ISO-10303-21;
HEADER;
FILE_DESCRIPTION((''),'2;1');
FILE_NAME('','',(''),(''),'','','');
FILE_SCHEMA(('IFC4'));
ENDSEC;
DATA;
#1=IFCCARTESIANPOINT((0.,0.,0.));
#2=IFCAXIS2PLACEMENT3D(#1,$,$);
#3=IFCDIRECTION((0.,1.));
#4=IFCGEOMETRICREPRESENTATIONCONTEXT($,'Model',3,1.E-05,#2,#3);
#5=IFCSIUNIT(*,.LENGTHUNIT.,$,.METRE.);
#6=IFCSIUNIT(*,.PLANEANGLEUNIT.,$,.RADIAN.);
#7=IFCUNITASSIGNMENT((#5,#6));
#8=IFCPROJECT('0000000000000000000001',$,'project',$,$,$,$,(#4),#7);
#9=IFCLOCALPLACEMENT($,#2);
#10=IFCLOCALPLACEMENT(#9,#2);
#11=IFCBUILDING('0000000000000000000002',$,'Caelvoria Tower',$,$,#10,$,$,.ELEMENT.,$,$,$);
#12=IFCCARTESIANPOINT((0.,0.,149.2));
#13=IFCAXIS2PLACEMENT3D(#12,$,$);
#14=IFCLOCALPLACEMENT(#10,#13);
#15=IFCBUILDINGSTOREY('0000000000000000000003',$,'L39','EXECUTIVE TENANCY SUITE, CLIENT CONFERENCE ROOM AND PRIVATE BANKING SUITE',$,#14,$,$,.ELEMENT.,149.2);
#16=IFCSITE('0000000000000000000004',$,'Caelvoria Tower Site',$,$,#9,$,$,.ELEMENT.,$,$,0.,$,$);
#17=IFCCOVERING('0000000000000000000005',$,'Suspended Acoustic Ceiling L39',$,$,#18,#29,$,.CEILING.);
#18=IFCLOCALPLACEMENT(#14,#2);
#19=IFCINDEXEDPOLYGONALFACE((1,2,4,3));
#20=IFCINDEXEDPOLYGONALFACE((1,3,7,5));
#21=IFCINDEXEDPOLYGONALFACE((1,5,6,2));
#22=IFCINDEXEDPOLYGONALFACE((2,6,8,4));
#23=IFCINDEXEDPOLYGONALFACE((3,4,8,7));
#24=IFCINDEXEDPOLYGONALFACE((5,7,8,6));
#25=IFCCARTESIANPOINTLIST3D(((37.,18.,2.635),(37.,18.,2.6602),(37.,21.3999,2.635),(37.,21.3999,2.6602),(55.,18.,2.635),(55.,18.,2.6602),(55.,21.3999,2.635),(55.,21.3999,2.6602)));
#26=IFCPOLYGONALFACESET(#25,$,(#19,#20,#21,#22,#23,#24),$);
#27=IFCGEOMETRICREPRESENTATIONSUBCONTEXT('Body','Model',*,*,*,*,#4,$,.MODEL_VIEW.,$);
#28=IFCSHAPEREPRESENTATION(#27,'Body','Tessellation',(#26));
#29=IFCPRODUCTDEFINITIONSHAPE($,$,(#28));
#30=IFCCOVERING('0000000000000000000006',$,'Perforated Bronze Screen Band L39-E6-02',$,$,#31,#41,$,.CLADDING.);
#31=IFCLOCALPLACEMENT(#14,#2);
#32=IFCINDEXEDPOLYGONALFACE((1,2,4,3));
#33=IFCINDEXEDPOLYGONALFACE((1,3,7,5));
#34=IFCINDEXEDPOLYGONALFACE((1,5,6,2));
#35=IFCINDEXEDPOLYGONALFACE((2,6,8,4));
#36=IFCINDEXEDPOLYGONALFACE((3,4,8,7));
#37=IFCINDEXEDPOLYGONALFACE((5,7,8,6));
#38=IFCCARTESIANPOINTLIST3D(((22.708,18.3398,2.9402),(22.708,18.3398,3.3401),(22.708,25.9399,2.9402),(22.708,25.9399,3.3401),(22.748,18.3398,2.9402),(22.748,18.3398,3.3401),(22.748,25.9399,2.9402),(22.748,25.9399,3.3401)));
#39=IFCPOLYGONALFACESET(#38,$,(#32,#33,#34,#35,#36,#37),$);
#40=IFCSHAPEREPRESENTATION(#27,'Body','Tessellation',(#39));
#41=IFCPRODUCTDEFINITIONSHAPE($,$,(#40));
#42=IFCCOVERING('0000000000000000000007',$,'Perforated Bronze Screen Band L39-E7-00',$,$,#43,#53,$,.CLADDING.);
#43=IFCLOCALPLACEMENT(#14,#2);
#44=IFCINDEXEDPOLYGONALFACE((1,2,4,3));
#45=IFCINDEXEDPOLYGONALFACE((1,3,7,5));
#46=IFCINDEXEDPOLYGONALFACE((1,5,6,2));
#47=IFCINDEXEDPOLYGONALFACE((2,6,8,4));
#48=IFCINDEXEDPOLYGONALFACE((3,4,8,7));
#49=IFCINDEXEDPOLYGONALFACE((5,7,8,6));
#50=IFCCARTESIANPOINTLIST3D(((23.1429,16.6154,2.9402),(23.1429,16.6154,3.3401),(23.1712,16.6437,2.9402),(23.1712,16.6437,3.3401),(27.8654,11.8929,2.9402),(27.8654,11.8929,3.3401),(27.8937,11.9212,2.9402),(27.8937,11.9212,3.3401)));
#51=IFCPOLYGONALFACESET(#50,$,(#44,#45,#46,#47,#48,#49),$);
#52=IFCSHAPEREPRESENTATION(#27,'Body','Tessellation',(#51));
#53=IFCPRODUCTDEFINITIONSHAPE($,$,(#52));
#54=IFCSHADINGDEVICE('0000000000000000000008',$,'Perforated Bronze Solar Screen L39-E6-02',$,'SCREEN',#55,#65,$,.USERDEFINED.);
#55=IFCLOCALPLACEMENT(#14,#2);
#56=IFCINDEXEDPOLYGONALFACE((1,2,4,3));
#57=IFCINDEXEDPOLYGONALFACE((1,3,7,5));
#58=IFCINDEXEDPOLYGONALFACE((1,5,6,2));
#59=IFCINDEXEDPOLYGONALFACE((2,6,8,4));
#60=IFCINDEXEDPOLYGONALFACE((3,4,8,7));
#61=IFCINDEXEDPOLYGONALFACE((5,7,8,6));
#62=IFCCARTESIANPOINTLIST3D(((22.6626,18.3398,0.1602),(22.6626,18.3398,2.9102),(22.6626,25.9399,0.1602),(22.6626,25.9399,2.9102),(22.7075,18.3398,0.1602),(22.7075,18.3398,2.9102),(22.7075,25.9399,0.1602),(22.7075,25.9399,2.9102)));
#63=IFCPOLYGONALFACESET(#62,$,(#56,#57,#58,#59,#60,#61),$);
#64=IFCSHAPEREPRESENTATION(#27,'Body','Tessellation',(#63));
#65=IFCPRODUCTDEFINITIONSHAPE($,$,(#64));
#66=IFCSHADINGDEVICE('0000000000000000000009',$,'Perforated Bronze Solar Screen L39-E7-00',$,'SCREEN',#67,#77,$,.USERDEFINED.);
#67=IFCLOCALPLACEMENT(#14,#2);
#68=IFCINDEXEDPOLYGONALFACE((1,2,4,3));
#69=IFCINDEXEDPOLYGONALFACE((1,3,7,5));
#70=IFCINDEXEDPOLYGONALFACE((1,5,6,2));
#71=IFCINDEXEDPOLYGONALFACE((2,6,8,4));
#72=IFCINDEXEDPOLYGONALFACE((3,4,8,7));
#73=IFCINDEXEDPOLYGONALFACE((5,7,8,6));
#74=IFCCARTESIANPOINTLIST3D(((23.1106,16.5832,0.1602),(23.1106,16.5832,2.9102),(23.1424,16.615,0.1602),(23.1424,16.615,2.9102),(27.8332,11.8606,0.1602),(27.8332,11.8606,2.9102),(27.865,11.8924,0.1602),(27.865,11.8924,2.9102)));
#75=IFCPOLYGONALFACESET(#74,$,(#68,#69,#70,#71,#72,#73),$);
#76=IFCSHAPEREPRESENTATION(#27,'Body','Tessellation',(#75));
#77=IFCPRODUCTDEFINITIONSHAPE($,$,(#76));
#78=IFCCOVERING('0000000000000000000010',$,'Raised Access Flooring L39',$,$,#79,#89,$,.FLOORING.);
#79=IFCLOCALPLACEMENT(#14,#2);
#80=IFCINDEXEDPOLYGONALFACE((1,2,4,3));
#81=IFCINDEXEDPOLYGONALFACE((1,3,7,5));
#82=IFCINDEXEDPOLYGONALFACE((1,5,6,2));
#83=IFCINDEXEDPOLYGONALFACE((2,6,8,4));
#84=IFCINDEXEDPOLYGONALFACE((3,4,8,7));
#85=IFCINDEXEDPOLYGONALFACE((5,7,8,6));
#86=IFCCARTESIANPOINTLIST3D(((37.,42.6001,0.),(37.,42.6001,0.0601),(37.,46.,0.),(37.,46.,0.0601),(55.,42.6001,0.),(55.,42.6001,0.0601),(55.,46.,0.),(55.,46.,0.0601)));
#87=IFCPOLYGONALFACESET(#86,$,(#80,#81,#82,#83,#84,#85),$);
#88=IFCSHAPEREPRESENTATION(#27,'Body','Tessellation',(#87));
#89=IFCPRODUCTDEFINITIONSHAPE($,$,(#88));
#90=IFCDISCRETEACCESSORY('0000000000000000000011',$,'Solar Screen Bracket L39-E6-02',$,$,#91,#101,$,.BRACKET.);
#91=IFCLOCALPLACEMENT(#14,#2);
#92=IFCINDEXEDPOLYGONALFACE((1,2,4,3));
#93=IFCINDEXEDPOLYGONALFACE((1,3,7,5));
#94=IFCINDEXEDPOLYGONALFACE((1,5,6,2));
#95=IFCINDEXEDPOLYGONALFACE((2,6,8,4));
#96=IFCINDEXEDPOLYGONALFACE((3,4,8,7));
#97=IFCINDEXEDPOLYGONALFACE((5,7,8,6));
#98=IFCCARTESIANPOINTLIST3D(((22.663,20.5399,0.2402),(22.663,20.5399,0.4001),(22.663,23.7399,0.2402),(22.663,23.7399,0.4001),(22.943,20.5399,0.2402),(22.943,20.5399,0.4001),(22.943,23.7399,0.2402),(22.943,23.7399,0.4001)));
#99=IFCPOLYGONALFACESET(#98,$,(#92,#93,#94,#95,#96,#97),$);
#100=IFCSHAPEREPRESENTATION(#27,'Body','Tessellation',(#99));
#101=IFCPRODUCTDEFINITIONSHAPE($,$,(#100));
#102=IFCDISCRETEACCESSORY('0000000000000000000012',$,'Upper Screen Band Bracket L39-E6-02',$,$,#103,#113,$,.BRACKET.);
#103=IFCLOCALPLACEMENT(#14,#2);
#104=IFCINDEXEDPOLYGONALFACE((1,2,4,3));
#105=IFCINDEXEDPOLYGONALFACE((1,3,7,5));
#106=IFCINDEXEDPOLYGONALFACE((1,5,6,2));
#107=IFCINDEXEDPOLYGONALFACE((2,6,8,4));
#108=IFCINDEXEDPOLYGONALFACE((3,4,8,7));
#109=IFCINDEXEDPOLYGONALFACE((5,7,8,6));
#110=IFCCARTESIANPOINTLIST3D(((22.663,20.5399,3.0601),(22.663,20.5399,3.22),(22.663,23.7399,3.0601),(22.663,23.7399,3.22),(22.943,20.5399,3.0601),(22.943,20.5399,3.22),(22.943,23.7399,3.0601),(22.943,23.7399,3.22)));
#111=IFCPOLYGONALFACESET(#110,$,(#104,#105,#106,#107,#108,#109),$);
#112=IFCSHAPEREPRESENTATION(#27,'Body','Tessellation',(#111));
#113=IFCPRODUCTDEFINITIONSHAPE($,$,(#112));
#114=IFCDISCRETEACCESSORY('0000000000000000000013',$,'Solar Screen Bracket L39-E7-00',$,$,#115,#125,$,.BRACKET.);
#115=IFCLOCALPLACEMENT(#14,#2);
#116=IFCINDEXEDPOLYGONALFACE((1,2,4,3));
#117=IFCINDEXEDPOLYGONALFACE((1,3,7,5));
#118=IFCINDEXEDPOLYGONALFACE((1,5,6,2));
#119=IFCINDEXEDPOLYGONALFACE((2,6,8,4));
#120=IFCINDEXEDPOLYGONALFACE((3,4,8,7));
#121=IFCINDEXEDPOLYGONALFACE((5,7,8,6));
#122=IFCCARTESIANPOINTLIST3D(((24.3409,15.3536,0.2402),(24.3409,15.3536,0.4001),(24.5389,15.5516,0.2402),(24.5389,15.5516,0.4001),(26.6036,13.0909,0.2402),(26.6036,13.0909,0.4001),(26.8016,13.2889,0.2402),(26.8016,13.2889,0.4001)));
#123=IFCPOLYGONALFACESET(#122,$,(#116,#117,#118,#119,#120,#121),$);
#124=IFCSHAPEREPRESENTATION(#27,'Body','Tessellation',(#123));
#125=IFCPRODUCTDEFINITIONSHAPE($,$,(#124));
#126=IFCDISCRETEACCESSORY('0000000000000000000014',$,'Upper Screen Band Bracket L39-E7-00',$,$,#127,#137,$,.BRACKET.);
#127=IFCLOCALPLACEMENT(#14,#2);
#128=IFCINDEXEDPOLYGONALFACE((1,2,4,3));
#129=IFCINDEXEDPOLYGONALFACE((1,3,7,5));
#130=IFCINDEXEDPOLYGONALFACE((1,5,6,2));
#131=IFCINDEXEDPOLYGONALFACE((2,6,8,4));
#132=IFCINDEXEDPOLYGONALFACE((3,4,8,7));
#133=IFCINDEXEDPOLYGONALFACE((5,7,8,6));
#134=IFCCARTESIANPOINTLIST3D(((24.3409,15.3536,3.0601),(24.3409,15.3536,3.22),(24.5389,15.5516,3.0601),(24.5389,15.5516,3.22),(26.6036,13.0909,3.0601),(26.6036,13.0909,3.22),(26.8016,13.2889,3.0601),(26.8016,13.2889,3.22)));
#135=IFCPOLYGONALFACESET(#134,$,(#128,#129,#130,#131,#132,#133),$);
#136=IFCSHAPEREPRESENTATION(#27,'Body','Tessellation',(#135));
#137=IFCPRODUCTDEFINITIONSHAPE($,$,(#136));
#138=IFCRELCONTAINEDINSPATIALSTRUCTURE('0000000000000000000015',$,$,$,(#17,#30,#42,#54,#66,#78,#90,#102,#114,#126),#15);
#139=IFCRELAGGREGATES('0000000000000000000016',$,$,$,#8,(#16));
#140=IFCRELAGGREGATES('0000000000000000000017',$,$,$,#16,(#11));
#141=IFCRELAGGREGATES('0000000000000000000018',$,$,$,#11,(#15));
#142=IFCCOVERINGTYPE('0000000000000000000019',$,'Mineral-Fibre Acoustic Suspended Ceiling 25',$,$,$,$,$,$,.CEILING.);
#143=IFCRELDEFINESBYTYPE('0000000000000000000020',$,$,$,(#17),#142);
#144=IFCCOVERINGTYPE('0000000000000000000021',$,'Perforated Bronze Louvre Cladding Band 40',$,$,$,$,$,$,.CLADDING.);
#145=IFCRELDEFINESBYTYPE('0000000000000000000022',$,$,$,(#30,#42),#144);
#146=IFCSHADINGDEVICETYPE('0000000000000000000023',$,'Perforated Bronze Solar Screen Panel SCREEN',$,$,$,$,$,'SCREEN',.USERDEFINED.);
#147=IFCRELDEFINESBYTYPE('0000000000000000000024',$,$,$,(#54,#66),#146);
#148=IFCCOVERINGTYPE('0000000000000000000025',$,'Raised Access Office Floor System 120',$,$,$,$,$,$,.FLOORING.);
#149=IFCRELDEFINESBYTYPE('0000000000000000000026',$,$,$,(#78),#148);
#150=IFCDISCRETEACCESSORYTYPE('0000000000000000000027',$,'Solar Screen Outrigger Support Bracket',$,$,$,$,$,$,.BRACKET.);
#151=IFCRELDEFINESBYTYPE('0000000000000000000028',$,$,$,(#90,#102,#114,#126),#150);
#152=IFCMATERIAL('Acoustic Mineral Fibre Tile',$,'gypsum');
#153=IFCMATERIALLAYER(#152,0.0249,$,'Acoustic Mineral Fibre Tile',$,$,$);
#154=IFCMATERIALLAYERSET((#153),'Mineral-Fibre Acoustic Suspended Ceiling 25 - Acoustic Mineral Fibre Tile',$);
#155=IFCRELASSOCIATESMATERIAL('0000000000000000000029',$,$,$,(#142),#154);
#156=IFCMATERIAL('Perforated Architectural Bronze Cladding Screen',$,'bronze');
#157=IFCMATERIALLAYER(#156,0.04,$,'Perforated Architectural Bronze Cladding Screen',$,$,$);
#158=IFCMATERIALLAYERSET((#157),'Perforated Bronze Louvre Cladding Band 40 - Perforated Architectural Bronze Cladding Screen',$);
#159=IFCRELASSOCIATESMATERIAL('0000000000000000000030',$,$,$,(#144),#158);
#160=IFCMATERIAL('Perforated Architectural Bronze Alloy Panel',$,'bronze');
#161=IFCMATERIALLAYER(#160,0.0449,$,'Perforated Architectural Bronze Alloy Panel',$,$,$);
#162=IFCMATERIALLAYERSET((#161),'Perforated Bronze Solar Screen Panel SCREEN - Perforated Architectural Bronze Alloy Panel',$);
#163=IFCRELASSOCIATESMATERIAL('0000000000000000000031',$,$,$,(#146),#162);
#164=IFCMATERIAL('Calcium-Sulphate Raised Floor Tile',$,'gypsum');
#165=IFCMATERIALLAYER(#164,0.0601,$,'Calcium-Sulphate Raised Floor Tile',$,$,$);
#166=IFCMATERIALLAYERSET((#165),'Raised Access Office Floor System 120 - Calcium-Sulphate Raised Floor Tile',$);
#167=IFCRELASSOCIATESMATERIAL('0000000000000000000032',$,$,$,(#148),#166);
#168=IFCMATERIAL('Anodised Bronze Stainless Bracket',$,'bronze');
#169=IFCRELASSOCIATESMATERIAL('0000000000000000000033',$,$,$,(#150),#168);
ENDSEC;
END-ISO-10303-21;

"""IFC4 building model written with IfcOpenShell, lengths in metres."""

from ifc_helpers import new_model, si_unit, direction, frame, origin, origin_2d, place, context, subcontext, project, spatial, polyline, rectangle, outline, extrude, material, layer, layer_set, type_object, element, save


model = new_model("IFC4")

# Units and contexts
model_context = context("Model", 3, precision=1e-05, world=origin(), true_north=direction((0.0, 1.0)))
body_context = subcontext(model_context, "Body", "Model", "MODEL_VIEW")
ifc_project = project(units=[si_unit("LENGTHUNIT", "METRE"), si_unit("PLANEANGLEUNIT", "RADIAN")], contexts=[model_context])

# Site, building, storey
site_placement = place(None, origin())
site = spatial("IfcSite", under=ifc_project, at=site_placement, Name="Caelvoria Tower Site", CompositionType="ELEMENT", RefElevation=0.0)
building_placement = place(site_placement, origin())
building = spatial("IfcBuilding", under=site, at=building_placement, Name="Caelvoria Tower", CompositionType="ELEMENT")
storey_placement = place(building_placement, frame((0.0, 0.0, 149.2)))
storey = spatial("IfcBuildingStorey", under=building, at=storey_placement, Name="L39", Description="EXECUTIVE TENANCY SUITE, CLIENT CONFERENCE ROOM AND PRIVATE BANKING SUITE", CompositionType="ELEMENT", Elevation=149.2)

# Coverings
ifc_material_1 = material(Name="Acoustic Mineral Fibre Tile", Category="gypsum")
ifc_layer_1 = layer(ifc_material_1, 0.0249, Name="Acoustic Mineral Fibre Tile")
ifc_layer_set_1 = layer_set([ifc_layer_1], Name="Mineral-Fibre Acoustic Suspended Ceiling 25 - Acoustic Mineral Fibre Tile")
covering_type_1 = type_object("IfcCoveringType", Name="Mineral-Fibre Acoustic Suspended Ceiling 25", PredefinedType="CEILING", material=ifc_layer_set_1)
covering_1_placement = place(storey_placement, frame((0.0, 0.0, 2.635)))
element("IfcCovering", 1, at=covering_1_placement, inside=storey, type_object=covering_type_1, Name="Suspended Acoustic Ceiling L39", PredefinedType="CEILING", context=body_context, shape_type="SweptSolid", body=[
    extrude(outline(polyline([(37.0, 18.0), (55.0, 18.0), (55.0, 21.3999), (37.0, 21.3999), (37.0, 18.0)])), origin(), (0.0, 0.0, 1.0), 0.0251),
])
ifc_material_2 = material(Name="Perforated Architectural Bronze Cladding Screen", Category="bronze")
ifc_layer_2 = layer(ifc_material_2, 0.04, Name="Perforated Architectural Bronze Cladding Screen")
ifc_layer_set_2 = layer_set([ifc_layer_2], Name="Perforated Bronze Louvre Cladding Band 40 - Perforated Architectural Bronze Cladding Screen")
covering_type_2 = type_object("IfcCoveringType", Name="Perforated Bronze Louvre Cladding Band 40", PredefinedType="CLADDING", material=ifc_layer_set_2)
covering_2_placement = place(storey_placement, frame((22.728, 22.1399, 2.9402), z_axis=(0.0, 0.0, 1.0), x_axis=(0.0, -1.0, 0.0)))
element("IfcCovering", 2, at=covering_2_placement, inside=storey, type_object=covering_type_2, Name="Perforated Bronze Screen Band L39-E6-02", PredefinedType="CLADDING", context=body_context, shape_type="SweptSolid", body=[
    extrude(rectangle(XDim=7.6001, YDim=0.04, at=origin_2d()), origin(), (0.0, 0.0, 1.0), 0.3999),
])
covering_3_placement = place(storey_placement, frame((25.5183, 14.2683, 2.9402), z_axis=(0.0, 0.0, 1.0), x_axis=(0.707107, -0.707107, 0.0)))
element("IfcCovering", 3, at=covering_3_placement, inside=storey, type_object=covering_type_2, Name="Perforated Bronze Screen Band L39-E7-00", PredefinedType="CLADDING", context=body_context, shape_type="SweptSolid", body=[
    extrude(rectangle(XDim=6.6787, YDim=0.04, at=origin_2d()), origin(), (0.0, 0.0, 1.0), 0.3999),
])

# Shading devices
ifc_material_3 = material(Name="Perforated Architectural Bronze Alloy Panel", Category="bronze")
ifc_layer_3 = layer(ifc_material_3, 0.0449, Name="Perforated Architectural Bronze Alloy Panel")
ifc_layer_set_3 = layer_set([ifc_layer_3], Name="Perforated Bronze Solar Screen Panel SCREEN - Perforated Architectural Bronze Alloy Panel")
shading_device_type = type_object("IfcShadingDeviceType", Name="Perforated Bronze Solar Screen Panel SCREEN", ElementType="SCREEN", PredefinedType="USERDEFINED", material=ifc_layer_set_3)
shading_device_1_placement = place(storey_placement, frame((22.6851, 22.1399, 0.1602), z_axis=(0.0, 0.0, 1.0), x_axis=(0.0, -1.0, 0.0)))
element("IfcShadingDevice", 4, at=shading_device_1_placement, inside=storey, type_object=shading_device_type, Name="Perforated Bronze Solar Screen L39-E6-02", ObjectType="SCREEN", PredefinedType="USERDEFINED", context=body_context, shape_type="SweptSolid", body=[
    extrude(rectangle(XDim=7.6001, YDim=0.0449, at=origin_2d()), origin(), (0.0, 0.0, 1.0), 2.75),
])
shading_device_2_placement = place(storey_placement, frame((25.4878, 14.2378, 0.1602), z_axis=(0.0, 0.0, 1.0), x_axis=(0.707107, -0.707107, 0.0)))
element("IfcShadingDevice", 5, at=shading_device_2_placement, inside=storey, type_object=shading_device_type, Name="Perforated Bronze Solar Screen L39-E7-00", ObjectType="SCREEN", PredefinedType="USERDEFINED", context=body_context, shape_type="SweptSolid", body=[
    extrude(rectangle(XDim=6.6787, YDim=0.0449, at=origin_2d()), origin(), (0.0, 0.0, 1.0), 2.75),
])

# Covering
ifc_material_4 = material(Name="Calcium-Sulphate Raised Floor Tile", Category="gypsum")
ifc_layer_4 = layer(ifc_material_4, 0.0601, Name="Calcium-Sulphate Raised Floor Tile")
ifc_layer_set_4 = layer_set([ifc_layer_4], Name="Raised Access Office Floor System 120 - Calcium-Sulphate Raised Floor Tile")
covering_type_3 = type_object("IfcCoveringType", Name="Raised Access Office Floor System 120", PredefinedType="FLOORING", material=ifc_layer_set_4)
covering_4_placement = place(storey_placement, origin())
element("IfcCovering", 6, at=covering_4_placement, inside=storey, type_object=covering_type_3, Name="Raised Access Flooring L39", PredefinedType="FLOORING", context=body_context, shape_type="SweptSolid", body=[
    extrude(outline(polyline([(37.0, 42.6001), (55.0, 42.6001), (55.0, 46.0), (37.0, 46.0), (37.0, 42.6001)])), origin(), (0.0, 0.0, 1.0), 0.0601),
])

# Discrete accessories
ifc_material_5 = material(Name="Anodised Bronze Stainless Bracket", Category="bronze")
discrete_accessory_type = type_object("IfcDiscreteAccessoryType", Name="Solar Screen Outrigger Support Bracket", PredefinedType="BRACKET", material=ifc_material_5)
for number, where, z_axis, x_axis, name in (
    (7, (22.803, 22.1399, 0.2402), (0.0, 0.0, 1.0), (0.0, -1.0, 0.0), "Solar Screen Bracket L39-E6-02"),
    (8, (22.803, 22.1399, 3.0601), (0.0, 0.0, 1.0), (0.0, -1.0, 0.0), "Upper Screen Band Bracket L39-E6-02"),
    (9, (25.5713, 14.3213, 0.2402), (0.0, 0.0, 1.0), (0.707107, -0.707107, 0.0), "Solar Screen Bracket L39-E7-00"),
    (10, (25.5713, 14.3213, 3.0601), (0.0, 0.0, 1.0), (0.707107, -0.707107, 0.0), "Upper Screen Band Bracket L39-E7-00"),
):
    element("IfcDiscreteAccessory", number, at=place(storey_placement, frame(where, z_axis=z_axis, x_axis=x_axis)), inside=storey, type_object=discrete_accessory_type, Name=name, PredefinedType="BRACKET", context=body_context, shape_type="SweptSolid", body=[
        extrude(rectangle(XDim=3.2, YDim=0.28, at=origin_2d()), origin(), (0.0, 0.0, 1.0), 0.1599),
    ])

save(model, "model.ifc")
